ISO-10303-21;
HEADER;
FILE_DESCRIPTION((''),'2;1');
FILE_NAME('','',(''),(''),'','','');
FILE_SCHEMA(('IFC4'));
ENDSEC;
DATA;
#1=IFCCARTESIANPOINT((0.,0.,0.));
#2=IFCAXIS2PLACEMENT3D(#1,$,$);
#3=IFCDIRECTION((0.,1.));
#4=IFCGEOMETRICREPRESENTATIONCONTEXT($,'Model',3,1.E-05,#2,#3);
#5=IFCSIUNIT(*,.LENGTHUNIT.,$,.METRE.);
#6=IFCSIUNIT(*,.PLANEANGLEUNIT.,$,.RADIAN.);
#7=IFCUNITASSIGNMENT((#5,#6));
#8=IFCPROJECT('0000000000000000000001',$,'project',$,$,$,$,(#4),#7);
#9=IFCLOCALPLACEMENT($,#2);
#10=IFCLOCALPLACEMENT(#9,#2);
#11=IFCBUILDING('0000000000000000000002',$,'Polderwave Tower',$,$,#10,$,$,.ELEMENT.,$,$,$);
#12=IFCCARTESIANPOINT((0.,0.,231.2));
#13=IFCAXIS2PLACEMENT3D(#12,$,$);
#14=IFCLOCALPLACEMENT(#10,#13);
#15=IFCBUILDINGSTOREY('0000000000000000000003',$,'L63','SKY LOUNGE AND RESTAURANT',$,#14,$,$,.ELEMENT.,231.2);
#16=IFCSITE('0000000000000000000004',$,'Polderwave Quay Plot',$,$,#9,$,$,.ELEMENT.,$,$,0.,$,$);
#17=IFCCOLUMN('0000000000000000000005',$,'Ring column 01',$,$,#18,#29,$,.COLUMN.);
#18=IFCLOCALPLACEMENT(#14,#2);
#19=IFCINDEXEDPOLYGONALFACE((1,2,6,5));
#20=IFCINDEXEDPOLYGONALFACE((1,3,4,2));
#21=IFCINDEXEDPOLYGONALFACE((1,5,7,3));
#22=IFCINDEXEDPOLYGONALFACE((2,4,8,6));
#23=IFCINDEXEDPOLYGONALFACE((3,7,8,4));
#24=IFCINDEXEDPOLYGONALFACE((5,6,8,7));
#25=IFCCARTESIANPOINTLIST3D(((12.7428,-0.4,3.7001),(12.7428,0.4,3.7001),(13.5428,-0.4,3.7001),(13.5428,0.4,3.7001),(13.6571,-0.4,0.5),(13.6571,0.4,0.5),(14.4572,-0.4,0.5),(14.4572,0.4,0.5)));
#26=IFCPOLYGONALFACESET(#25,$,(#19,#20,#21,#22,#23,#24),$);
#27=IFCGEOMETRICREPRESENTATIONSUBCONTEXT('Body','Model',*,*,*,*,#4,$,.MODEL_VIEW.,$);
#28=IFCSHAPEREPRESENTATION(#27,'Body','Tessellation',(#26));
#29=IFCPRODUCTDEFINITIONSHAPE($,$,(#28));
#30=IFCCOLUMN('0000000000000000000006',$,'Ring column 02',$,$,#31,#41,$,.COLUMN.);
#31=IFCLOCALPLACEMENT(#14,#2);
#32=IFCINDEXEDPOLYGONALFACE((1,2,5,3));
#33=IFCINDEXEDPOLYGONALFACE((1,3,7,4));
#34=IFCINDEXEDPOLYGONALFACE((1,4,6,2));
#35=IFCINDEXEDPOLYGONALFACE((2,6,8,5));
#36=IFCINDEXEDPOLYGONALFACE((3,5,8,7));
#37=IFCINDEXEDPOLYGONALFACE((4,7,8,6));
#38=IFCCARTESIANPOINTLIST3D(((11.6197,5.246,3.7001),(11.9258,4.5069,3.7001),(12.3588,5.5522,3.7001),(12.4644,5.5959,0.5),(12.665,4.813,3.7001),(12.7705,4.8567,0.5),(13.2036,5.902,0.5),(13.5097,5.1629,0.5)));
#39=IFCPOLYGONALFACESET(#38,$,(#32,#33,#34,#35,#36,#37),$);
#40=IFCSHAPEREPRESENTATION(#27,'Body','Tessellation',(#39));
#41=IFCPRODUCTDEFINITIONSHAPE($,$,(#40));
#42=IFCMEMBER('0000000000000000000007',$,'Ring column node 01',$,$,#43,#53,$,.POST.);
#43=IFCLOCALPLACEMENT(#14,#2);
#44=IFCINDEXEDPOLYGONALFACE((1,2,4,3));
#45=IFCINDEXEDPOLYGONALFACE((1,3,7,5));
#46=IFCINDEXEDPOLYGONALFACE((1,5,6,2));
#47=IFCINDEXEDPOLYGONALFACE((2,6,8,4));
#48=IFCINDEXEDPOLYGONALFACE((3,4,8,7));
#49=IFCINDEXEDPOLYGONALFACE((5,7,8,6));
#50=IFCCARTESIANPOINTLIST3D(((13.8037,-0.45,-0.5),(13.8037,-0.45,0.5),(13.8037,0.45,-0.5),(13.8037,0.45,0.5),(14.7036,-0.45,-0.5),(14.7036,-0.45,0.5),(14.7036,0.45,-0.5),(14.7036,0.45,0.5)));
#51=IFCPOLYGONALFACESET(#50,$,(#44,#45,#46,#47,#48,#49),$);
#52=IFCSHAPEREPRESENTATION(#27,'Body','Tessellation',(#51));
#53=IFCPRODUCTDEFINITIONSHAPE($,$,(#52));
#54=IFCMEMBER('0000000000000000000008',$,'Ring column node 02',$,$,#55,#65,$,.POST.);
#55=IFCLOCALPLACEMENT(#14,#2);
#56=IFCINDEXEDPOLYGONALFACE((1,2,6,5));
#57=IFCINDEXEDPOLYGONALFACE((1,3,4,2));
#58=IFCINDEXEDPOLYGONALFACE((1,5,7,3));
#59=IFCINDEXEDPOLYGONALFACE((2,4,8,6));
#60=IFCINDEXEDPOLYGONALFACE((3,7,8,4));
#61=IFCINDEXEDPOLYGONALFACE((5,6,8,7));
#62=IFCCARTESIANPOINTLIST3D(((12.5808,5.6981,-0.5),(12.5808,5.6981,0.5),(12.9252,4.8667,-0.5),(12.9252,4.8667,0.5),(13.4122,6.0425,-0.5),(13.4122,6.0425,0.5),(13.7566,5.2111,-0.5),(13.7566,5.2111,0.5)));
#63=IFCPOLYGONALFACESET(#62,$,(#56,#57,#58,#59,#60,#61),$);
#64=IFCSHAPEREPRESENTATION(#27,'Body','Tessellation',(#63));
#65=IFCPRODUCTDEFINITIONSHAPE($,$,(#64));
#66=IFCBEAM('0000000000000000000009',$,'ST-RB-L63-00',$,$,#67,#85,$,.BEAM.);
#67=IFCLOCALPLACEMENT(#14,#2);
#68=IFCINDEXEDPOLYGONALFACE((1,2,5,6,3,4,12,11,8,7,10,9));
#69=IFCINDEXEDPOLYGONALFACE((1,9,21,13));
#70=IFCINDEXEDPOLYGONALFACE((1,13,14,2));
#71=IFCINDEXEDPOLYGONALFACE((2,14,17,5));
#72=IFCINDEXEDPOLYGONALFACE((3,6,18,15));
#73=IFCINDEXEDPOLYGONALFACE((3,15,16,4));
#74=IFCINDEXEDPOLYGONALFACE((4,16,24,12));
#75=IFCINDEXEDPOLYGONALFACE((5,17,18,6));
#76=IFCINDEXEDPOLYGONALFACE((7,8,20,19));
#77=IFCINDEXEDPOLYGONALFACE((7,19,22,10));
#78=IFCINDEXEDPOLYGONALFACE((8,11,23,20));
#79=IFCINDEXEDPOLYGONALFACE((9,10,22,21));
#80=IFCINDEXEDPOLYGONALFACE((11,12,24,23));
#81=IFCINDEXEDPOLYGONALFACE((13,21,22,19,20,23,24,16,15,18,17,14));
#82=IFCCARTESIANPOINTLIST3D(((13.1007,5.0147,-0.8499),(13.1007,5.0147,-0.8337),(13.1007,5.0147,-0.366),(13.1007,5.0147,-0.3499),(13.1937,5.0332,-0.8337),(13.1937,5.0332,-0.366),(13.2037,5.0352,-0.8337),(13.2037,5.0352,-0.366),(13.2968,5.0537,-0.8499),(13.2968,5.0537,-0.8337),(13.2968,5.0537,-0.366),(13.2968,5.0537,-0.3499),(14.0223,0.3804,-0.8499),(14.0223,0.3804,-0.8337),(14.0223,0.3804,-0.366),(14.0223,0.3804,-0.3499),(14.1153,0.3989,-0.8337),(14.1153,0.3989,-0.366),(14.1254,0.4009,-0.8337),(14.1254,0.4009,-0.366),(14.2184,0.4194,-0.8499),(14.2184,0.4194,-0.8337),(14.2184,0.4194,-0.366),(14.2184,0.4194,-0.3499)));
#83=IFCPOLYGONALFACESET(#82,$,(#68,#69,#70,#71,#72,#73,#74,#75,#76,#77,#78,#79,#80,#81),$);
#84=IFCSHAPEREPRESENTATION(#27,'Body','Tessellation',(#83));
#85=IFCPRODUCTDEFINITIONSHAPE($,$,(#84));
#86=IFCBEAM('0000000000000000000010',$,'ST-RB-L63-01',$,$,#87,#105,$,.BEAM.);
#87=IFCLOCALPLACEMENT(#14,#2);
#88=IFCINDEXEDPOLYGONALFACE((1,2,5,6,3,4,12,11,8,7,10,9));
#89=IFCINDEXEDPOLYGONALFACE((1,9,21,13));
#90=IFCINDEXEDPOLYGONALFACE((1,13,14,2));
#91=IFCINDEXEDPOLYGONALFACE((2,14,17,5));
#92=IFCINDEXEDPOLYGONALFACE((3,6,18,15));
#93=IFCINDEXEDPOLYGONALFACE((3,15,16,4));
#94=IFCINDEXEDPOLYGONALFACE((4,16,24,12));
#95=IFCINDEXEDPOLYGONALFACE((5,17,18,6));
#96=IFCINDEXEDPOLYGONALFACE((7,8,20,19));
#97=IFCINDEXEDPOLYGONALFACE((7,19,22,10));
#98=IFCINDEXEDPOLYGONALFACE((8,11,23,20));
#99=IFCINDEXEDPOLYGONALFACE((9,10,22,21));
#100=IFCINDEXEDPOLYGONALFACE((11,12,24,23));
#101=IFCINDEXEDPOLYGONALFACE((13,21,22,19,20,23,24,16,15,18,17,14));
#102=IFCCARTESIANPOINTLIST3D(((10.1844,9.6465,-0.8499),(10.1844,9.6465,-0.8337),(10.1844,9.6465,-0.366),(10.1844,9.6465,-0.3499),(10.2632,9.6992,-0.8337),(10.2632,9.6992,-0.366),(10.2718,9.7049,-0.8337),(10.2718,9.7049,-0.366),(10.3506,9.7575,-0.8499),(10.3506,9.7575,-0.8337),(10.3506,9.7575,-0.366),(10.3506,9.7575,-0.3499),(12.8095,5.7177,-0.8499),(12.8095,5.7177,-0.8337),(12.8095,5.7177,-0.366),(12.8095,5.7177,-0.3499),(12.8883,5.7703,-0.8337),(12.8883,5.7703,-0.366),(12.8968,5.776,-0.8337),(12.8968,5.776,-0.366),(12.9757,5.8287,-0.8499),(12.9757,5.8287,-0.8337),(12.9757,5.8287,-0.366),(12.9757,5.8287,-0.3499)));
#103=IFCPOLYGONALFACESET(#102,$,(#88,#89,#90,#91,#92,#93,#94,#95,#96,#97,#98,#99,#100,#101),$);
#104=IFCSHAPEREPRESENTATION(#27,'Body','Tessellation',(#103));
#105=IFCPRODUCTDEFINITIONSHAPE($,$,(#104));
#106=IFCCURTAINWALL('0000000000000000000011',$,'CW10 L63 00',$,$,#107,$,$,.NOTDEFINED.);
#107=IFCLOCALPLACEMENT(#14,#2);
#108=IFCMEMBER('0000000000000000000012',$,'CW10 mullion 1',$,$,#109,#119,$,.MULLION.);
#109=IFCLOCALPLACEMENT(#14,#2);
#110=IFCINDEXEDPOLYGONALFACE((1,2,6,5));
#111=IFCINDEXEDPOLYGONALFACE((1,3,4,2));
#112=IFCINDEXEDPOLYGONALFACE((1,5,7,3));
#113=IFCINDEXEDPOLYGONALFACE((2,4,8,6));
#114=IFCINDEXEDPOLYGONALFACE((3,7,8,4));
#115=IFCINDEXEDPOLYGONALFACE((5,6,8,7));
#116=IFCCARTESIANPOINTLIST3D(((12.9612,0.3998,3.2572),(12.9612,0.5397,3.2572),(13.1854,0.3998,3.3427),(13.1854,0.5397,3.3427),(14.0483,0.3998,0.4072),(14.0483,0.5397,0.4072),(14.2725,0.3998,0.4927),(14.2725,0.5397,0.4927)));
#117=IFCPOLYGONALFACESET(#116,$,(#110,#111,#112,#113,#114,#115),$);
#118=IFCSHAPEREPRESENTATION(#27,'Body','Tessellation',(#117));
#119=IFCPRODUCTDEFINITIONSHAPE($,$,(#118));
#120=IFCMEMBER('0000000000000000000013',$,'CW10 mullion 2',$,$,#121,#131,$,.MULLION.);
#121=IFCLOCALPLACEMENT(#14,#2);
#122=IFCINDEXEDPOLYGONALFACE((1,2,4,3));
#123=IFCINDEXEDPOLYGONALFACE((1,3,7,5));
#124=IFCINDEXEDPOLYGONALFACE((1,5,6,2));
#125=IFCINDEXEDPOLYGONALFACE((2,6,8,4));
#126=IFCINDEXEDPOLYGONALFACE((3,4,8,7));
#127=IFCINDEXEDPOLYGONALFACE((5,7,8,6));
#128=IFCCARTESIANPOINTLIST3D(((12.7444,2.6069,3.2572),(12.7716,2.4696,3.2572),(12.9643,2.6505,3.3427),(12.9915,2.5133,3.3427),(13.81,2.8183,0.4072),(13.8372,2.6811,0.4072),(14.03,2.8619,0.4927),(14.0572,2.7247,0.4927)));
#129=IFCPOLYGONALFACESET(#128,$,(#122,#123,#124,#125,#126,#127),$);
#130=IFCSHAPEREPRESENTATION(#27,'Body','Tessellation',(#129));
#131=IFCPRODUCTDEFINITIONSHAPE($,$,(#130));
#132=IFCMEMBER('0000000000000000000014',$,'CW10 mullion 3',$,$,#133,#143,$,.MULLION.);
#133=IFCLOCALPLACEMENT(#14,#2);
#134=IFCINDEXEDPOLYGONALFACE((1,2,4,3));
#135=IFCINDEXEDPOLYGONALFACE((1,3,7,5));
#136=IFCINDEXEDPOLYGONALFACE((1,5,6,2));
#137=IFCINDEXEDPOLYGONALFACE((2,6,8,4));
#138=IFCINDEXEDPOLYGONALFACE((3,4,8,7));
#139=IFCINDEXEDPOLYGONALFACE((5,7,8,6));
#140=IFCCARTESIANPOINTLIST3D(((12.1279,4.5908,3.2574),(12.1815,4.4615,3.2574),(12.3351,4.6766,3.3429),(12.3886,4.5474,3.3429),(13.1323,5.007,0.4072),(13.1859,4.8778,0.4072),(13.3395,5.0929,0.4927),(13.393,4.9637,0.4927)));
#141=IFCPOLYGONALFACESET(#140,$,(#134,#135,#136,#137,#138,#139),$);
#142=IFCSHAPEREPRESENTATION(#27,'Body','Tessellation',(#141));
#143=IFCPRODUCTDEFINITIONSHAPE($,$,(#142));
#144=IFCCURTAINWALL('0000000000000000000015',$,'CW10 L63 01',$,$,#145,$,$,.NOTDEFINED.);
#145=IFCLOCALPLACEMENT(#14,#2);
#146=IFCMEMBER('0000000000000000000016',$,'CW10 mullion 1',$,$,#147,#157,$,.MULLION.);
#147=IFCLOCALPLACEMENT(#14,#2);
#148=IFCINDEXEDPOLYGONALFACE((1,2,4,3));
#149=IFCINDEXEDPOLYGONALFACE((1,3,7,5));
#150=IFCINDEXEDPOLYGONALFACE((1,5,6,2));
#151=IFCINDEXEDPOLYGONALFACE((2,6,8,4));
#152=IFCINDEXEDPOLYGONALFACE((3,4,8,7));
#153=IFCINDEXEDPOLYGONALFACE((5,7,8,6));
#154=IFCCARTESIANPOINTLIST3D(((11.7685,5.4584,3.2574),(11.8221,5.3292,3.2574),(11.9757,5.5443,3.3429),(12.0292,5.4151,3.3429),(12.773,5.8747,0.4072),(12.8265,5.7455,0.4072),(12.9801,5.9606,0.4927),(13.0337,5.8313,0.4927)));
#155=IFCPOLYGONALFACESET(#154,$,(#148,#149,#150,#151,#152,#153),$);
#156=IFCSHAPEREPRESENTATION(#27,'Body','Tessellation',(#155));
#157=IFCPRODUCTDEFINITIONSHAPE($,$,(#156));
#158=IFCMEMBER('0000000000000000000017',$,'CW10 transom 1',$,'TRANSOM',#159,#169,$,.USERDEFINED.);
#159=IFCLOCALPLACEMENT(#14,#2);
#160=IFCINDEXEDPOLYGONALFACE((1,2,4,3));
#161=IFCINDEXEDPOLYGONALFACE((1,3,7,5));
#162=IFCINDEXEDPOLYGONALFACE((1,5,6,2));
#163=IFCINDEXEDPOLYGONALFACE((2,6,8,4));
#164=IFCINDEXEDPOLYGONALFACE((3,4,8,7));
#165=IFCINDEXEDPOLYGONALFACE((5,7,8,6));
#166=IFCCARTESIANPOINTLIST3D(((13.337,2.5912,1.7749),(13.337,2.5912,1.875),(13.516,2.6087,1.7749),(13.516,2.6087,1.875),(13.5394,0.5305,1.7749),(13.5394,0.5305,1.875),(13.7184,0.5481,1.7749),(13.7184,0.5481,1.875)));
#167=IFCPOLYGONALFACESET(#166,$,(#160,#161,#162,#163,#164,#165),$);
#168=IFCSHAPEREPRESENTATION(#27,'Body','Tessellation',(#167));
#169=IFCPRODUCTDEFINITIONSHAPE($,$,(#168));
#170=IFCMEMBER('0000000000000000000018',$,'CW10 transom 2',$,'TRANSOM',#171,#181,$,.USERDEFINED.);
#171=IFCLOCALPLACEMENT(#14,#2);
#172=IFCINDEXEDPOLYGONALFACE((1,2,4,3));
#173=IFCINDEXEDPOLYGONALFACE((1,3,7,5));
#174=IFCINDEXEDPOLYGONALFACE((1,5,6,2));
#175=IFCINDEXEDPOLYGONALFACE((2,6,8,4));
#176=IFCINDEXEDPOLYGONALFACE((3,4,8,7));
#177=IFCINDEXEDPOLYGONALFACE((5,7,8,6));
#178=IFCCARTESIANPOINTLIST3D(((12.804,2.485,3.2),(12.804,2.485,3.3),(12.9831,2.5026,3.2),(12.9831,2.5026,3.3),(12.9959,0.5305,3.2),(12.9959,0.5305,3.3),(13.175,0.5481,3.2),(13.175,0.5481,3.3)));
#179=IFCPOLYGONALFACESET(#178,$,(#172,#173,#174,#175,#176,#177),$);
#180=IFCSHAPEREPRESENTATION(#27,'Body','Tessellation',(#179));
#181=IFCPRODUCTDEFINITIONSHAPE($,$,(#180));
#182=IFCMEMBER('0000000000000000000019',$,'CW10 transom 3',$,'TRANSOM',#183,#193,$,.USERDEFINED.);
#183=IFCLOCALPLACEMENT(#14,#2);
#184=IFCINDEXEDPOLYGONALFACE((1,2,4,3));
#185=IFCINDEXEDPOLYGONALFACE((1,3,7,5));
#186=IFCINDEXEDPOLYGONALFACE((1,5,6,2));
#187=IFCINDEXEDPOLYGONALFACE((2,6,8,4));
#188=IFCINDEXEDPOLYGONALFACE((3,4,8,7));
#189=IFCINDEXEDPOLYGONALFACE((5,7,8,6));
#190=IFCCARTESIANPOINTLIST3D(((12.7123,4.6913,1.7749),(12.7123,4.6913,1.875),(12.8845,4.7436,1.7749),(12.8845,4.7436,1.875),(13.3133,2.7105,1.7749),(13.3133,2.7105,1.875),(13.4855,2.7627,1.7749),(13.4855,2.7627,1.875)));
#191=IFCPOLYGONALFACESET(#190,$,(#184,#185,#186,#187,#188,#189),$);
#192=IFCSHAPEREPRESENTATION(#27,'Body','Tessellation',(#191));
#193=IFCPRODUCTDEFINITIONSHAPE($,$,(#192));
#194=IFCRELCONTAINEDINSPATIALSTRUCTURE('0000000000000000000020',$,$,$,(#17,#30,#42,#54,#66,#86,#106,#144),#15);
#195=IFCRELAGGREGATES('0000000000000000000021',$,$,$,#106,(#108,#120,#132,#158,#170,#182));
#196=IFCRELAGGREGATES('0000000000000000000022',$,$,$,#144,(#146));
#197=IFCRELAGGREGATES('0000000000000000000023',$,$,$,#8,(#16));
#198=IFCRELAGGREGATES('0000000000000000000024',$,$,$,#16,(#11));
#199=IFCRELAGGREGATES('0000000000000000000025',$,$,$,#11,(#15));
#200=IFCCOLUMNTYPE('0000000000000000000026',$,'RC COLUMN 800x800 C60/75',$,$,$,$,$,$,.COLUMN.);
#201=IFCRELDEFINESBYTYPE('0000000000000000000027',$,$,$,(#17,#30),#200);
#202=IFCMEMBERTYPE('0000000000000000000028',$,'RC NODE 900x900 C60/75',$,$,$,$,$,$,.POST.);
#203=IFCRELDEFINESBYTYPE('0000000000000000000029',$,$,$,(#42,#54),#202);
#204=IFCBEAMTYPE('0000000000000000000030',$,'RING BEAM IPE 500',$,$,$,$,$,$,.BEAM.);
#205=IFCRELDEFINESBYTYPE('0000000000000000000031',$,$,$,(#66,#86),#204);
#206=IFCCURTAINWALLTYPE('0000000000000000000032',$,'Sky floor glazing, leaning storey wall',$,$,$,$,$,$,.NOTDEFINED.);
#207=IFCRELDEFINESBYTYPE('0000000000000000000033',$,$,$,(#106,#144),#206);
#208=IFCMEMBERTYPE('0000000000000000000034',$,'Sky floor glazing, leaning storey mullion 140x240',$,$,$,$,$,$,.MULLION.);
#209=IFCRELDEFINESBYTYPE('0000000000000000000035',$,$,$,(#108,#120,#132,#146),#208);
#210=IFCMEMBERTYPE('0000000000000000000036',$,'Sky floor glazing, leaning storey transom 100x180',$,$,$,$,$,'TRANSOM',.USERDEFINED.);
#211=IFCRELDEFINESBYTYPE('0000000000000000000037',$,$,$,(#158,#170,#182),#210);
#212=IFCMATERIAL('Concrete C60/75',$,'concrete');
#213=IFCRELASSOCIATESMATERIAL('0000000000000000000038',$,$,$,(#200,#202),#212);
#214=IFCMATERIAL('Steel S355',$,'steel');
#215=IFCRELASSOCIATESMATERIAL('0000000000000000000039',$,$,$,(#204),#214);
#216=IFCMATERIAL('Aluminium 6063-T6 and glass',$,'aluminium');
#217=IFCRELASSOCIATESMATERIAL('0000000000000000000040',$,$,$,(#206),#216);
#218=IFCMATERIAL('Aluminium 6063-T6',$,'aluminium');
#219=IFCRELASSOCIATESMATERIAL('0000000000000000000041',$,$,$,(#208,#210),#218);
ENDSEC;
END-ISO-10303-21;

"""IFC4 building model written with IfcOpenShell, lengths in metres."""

from ifc_helpers import new_model, si_unit, direction, frame, origin, origin_2d, place, context, subcontext, project, spatial, rectangle, i_section, extrude, material, material_profile, profile_set, type_object, element, aggregate, save


model = new_model("IFC4")

# Units and contexts
model_context = context("Model", 3, precision=1e-05, world=origin(), true_north=direction((0.0, 1.0)))
body_context = subcontext(model_context, "Body", "Model", "MODEL_VIEW")
ifc_project = project(units=[si_unit("LENGTHUNIT", "METRE"), si_unit("PLANEANGLEUNIT", "RADIAN")], contexts=[model_context])

# Site, building, storey
site_placement = place(None, origin())
site = spatial("IfcSite", under=ifc_project, at=site_placement, Name="Polderwave Quay Plot", CompositionType="ELEMENT", RefElevation=0.0)
building_placement = place(site_placement, origin())
building = spatial("IfcBuilding", under=site, at=building_placement, Name="Polderwave Tower", CompositionType="ELEMENT")
storey_placement = place(building_placement, frame((0.0, 0.0, 231.2)))
storey = spatial("IfcBuildingStorey", under=building, at=storey_placement, Name="L63", Description="SKY LOUNGE AND RESTAURANT", CompositionType="ELEMENT", Elevation=231.2)

# Columns
ifc_material_1 = material(Name="Concrete C60/75", Category="concrete")
ifc_material_profile_1 = material_profile(ifc_material_1, rectangle(XDim=0.8, YDim=0.8, at=origin_2d()), Name="RC 800x800")
ifc_profile_set_1 = profile_set([ifc_material_profile_1], Name="Concrete C60/75")
column_type = type_object("IfcColumnType", Name="RC COLUMN 800x800 C60/75", PredefinedType="COLUMN", material=ifc_profile_set_1)
column_1_placement = place(storey_placement, frame((14.0571, 0.0, 0.5), z_axis=(0.0, 0.0, 1.0), x_axis=(0.0, -1.0, 0.0)))
element("IfcColumn", 1, at=column_1_placement, inside=storey, type_object=column_type, Name="Ring column 01", PredefinedType="COLUMN", context=body_context, shape_type="SweptSolid", body=[
    extrude(rectangle(XDim=0.8, YDim=0.8, at=origin_2d()), origin(), (0.0, -0.274731, 0.961521), 3.3281),
])
column_2_placement = place(storey_placement, frame((12.9871, 5.3794, 0.5), z_axis=(0.0, 0.0, 1.0), x_axis=(0.382643, -0.923896, 0.0)))
element("IfcColumn", 2, at=column_2_placement, inside=storey, type_object=column_type, Name="Ring column 02", PredefinedType="COLUMN", context=body_context, shape_type="SweptSolid", body=[
    extrude(rectangle(XDim=0.8, YDim=0.8, at=origin_2d()), origin(), (0.0, -0.274731, 0.961521), 3.3281),
])

# Members
ifc_material_profile_2 = material_profile(ifc_material_1, rectangle(XDim=0.8999, YDim=0.8999, at=origin_2d()), Name="RC 900x900")
ifc_profile_set_2 = profile_set([ifc_material_profile_2], Name="Concrete C60/75")
member_type_1 = type_object("IfcMemberType", Name="RC NODE 900x900 C60/75", PredefinedType="POST", material=ifc_profile_set_2)
for number, where, z_axis, x_axis, name in (
    (3, (14.2537, 0.0, -0.5), (0.0, 0.0, 1.0), (1.0, 0.0, 0.0), "Ring column node 01"),
    (4, (13.1687, 5.4546, -0.5), (0.0, 0.0, 1.0), (0.92388, 0.382683, 0.0), "Ring column node 02"),
):
    element("IfcMember", number, at=place(storey_placement, frame(where, z_axis=z_axis, x_axis=x_axis)), inside=storey, type_object=member_type_1, Name=name, PredefinedType="POST", context=body_context, shape_type="SweptSolid", body=[
        extrude(rectangle(XDim=0.8999, YDim=0.8999, at=origin_2d()), origin(), (0.0, 0.0, 1.0), 1.0),
    ])

# Beams
ifc_material_2 = material(Name="Steel S355", Category="steel")
ifc_material_profile_3 = material_profile(ifc_material_2, i_section(OverallWidth=0.2, OverallDepth=0.5, WebThickness=0.0103, FlangeThickness=0.0161, at=origin_2d()), Name="IPE 500")
ifc_profile_set_3 = profile_set([ifc_material_profile_3], Name="Steel S355")
beam_type = type_object("IfcBeamType", Name="RING BEAM IPE 500", PredefinedType="BEAM", material=ifc_profile_set_3)
for number, where, z_axis, x_axis, name in (
    (5, (14.1204, 0.3999, -0.5999), (-0.195053, 0.980793, 0.0), (-0.980793, -0.195053, 0.0), "ST-RB-L63-00"),
    (6, (12.8926, 5.7732, -0.5999), (-0.555558, 0.831478, 0.0), (-0.831478, -0.555558, 0.0), "ST-RB-L63-01"),
):
    element("IfcBeam", number, at=place(storey_placement, frame(where, z_axis=z_axis, x_axis=x_axis)), inside=storey, type_object=beam_type, Name=name, PredefinedType="BEAM", context=body_context, shape_type="SweptSolid", body=[
        extrude(i_section(OverallWidth=0.2, OverallDepth=0.5, WebThickness=0.0103, FlangeThickness=0.0161, at=origin_2d()), origin(), (0.0, 0.0, 1.0), 4.7251),
    ])

# Curtain wall, members
ifc_material_3 = material(Name="Aluminium 6063-T6 and glass", Category="aluminium")
curtain_wall_type = type_object("IfcCurtainWallType", Name="Sky floor glazing, leaning storey wall", PredefinedType="NOTDEFINED", material=ifc_material_3)
curtain_wall_1_placement = place(storey_placement, origin())
curtain_wall_1 = element("IfcCurtainWall", 7, at=curtain_wall_1_placement, inside=storey, type_object=curtain_wall_type, Name="CW10 L63 00", PredefinedType="NOTDEFINED")
ifc_material_4 = material(Name="Aluminium 6063-T6", Category="aluminium")
ifc_material_profile_4 = material_profile(ifc_material_4, rectangle(XDim=0.1399, YDim=0.24, at=origin_2d()), Name="AL 140x240")
ifc_profile_set_4 = profile_set([ifc_material_profile_4], Name="Aluminium 6063-T6")
member_type_2 = type_object("IfcMemberType", Name="Sky floor glazing, leaning storey mullion 140x240", PredefinedType="MULLION", material=ifc_profile_set_4)
member_1_placement = place(storey_placement, frame((14.1604, 0.4697, 0.45), z_axis=(-0.356398, 0.0, 0.934334), x_axis=(0.0, -1.0, 0.0)))
member_1 = element("IfcMember", 8, at=member_1_placement, type_object=member_type_2, Name="CW10 mullion 1", PredefinedType="MULLION", context=body_context, shape_type="SweptSolid", body=[
    extrude(rectangle(XDim=0.1399, YDim=0.24, at=origin_2d()), origin(), (0.0, 0.0, 1.0), 3.0503),
])
member_2_placement = place(storey_placement, frame((13.9336, 2.7715, 0.45), z_axis=(-0.349384, -0.069317, 0.934412), x_axis=(0.194603, -0.980882, 0.0)))
member_2 = element("IfcMember", 9, at=member_2_placement, type_object=member_type_2, Name="CW10 mullion 2", PredefinedType="MULLION", context=body_context, shape_type="SweptSolid", body=[
    extrude(rectangle(XDim=0.1399, YDim=0.24, at=origin_2d()), origin(), (0.0, 0.0, 1.0), 3.05),
])
member_3_placement = place(storey_placement, frame((13.2627, 4.9854, 0.45), z_axis=(-0.329263, -0.136459, 0.934326), x_axis=(0.382861, -0.923806, 0.0)))
member_3 = element("IfcMember", 10, at=member_3_placement, type_object=member_type_2, Name="CW10 mullion 3", PredefinedType="MULLION", context=body_context, shape_type="SweptSolid", body=[
    extrude(rectangle(XDim=0.1399, YDim=0.24, at=origin_2d()), origin(), (0.0, 0.0, 1.0), 3.0505),
])

# Curtain wall, member
curtain_wall_2_placement = place(storey_placement, origin())
curtain_wall_2 = element("IfcCurtainWall", 11, at=curtain_wall_2_placement, inside=storey, type_object=curtain_wall_type, Name="CW10 L63 01", PredefinedType="NOTDEFINED")
member_4_placement = place(storey_placement, frame((12.9033, 5.853, 0.45), z_axis=(-0.329263, -0.136459, 0.934326), x_axis=(0.382861, -0.923806, 0.0)))
member_4 = element("IfcMember", 12, at=member_4_placement, type_object=member_type_2, Name="CW10 mullion 1", PredefinedType="MULLION", context=body_context, shape_type="SweptSolid", body=[
    extrude(rectangle(XDim=0.1399, YDim=0.24, at=origin_2d()), origin(), (0.0, 0.0, 1.0), 3.0505),
])

# Members
ifc_material_profile_5 = material_profile(ifc_material_4, rectangle(XDim=0.1799, YDim=0.1001, at=origin_2d()), Name="AL 100x180")
ifc_profile_set_5 = profile_set([ifc_material_profile_5], Name="Aluminium 6063-T6")
member_type_3 = type_object("IfcMemberType", Name="Sky floor glazing, leaning storey transom 100x180", ElementType="TRANSOM", PredefinedType="USERDEFINED", material=ifc_profile_set_5)
member_5_placement = place(storey_placement, frame((13.6289, 0.5393, 1.825), z_axis=(-0.097752, 0.995211, 0.0), x_axis=(-0.995211, -0.097752, 0.0)))
member_5 = element("IfcMember", 13, at=member_5_placement, type_object=member_type_3, Name="CW10 transom 1", ObjectType="TRANSOM", PredefinedType="USERDEFINED", context=body_context, shape_type="SweptSolid", body=[
    extrude(rectangle(XDim=0.1799, YDim=0.1001, at=origin_2d()), origin(), (0.0, 0.0, 1.0), 2.0706),
])
member_6_placement = place(storey_placement, frame((13.0854, 0.5393, 3.25), z_axis=(-0.097707, 0.995215, 0.0), x_axis=(-0.995215, -0.097707, 0.0)))
member_6 = element("IfcMember", 14, at=member_6_placement, type_object=member_type_3, Name="CW10 transom 2", ObjectType="TRANSOM", PredefinedType="USERDEFINED", context=body_context, shape_type="SweptSolid", body=[
    extrude(rectangle(XDim=0.1799, YDim=0.1001, at=origin_2d()), origin(), (0.0, 0.0, 1.0), 1.9639),
])
member_7_placement = place(storey_placement, frame((13.3994, 2.7366, 1.825), z_axis=(-0.290354, 0.956919, 0.0), x_axis=(-0.956919, -0.290354, 0.0)))
member_7 = element("IfcMember", 15, at=member_7_placement, type_object=member_type_3, Name="CW10 transom 3", ObjectType="TRANSOM", PredefinedType="USERDEFINED", context=body_context, shape_type="SweptSolid", body=[
    extrude(rectangle(XDim=0.1799, YDim=0.1001, at=origin_2d()), origin(), (0.0, 0.0, 1.0), 2.0701),
])

aggregate(curtain_wall_1, [member_1, member_2, member_3, member_5, member_6, member_7])
aggregate(curtain_wall_2, [member_4])

save(model, "model.ifc")
